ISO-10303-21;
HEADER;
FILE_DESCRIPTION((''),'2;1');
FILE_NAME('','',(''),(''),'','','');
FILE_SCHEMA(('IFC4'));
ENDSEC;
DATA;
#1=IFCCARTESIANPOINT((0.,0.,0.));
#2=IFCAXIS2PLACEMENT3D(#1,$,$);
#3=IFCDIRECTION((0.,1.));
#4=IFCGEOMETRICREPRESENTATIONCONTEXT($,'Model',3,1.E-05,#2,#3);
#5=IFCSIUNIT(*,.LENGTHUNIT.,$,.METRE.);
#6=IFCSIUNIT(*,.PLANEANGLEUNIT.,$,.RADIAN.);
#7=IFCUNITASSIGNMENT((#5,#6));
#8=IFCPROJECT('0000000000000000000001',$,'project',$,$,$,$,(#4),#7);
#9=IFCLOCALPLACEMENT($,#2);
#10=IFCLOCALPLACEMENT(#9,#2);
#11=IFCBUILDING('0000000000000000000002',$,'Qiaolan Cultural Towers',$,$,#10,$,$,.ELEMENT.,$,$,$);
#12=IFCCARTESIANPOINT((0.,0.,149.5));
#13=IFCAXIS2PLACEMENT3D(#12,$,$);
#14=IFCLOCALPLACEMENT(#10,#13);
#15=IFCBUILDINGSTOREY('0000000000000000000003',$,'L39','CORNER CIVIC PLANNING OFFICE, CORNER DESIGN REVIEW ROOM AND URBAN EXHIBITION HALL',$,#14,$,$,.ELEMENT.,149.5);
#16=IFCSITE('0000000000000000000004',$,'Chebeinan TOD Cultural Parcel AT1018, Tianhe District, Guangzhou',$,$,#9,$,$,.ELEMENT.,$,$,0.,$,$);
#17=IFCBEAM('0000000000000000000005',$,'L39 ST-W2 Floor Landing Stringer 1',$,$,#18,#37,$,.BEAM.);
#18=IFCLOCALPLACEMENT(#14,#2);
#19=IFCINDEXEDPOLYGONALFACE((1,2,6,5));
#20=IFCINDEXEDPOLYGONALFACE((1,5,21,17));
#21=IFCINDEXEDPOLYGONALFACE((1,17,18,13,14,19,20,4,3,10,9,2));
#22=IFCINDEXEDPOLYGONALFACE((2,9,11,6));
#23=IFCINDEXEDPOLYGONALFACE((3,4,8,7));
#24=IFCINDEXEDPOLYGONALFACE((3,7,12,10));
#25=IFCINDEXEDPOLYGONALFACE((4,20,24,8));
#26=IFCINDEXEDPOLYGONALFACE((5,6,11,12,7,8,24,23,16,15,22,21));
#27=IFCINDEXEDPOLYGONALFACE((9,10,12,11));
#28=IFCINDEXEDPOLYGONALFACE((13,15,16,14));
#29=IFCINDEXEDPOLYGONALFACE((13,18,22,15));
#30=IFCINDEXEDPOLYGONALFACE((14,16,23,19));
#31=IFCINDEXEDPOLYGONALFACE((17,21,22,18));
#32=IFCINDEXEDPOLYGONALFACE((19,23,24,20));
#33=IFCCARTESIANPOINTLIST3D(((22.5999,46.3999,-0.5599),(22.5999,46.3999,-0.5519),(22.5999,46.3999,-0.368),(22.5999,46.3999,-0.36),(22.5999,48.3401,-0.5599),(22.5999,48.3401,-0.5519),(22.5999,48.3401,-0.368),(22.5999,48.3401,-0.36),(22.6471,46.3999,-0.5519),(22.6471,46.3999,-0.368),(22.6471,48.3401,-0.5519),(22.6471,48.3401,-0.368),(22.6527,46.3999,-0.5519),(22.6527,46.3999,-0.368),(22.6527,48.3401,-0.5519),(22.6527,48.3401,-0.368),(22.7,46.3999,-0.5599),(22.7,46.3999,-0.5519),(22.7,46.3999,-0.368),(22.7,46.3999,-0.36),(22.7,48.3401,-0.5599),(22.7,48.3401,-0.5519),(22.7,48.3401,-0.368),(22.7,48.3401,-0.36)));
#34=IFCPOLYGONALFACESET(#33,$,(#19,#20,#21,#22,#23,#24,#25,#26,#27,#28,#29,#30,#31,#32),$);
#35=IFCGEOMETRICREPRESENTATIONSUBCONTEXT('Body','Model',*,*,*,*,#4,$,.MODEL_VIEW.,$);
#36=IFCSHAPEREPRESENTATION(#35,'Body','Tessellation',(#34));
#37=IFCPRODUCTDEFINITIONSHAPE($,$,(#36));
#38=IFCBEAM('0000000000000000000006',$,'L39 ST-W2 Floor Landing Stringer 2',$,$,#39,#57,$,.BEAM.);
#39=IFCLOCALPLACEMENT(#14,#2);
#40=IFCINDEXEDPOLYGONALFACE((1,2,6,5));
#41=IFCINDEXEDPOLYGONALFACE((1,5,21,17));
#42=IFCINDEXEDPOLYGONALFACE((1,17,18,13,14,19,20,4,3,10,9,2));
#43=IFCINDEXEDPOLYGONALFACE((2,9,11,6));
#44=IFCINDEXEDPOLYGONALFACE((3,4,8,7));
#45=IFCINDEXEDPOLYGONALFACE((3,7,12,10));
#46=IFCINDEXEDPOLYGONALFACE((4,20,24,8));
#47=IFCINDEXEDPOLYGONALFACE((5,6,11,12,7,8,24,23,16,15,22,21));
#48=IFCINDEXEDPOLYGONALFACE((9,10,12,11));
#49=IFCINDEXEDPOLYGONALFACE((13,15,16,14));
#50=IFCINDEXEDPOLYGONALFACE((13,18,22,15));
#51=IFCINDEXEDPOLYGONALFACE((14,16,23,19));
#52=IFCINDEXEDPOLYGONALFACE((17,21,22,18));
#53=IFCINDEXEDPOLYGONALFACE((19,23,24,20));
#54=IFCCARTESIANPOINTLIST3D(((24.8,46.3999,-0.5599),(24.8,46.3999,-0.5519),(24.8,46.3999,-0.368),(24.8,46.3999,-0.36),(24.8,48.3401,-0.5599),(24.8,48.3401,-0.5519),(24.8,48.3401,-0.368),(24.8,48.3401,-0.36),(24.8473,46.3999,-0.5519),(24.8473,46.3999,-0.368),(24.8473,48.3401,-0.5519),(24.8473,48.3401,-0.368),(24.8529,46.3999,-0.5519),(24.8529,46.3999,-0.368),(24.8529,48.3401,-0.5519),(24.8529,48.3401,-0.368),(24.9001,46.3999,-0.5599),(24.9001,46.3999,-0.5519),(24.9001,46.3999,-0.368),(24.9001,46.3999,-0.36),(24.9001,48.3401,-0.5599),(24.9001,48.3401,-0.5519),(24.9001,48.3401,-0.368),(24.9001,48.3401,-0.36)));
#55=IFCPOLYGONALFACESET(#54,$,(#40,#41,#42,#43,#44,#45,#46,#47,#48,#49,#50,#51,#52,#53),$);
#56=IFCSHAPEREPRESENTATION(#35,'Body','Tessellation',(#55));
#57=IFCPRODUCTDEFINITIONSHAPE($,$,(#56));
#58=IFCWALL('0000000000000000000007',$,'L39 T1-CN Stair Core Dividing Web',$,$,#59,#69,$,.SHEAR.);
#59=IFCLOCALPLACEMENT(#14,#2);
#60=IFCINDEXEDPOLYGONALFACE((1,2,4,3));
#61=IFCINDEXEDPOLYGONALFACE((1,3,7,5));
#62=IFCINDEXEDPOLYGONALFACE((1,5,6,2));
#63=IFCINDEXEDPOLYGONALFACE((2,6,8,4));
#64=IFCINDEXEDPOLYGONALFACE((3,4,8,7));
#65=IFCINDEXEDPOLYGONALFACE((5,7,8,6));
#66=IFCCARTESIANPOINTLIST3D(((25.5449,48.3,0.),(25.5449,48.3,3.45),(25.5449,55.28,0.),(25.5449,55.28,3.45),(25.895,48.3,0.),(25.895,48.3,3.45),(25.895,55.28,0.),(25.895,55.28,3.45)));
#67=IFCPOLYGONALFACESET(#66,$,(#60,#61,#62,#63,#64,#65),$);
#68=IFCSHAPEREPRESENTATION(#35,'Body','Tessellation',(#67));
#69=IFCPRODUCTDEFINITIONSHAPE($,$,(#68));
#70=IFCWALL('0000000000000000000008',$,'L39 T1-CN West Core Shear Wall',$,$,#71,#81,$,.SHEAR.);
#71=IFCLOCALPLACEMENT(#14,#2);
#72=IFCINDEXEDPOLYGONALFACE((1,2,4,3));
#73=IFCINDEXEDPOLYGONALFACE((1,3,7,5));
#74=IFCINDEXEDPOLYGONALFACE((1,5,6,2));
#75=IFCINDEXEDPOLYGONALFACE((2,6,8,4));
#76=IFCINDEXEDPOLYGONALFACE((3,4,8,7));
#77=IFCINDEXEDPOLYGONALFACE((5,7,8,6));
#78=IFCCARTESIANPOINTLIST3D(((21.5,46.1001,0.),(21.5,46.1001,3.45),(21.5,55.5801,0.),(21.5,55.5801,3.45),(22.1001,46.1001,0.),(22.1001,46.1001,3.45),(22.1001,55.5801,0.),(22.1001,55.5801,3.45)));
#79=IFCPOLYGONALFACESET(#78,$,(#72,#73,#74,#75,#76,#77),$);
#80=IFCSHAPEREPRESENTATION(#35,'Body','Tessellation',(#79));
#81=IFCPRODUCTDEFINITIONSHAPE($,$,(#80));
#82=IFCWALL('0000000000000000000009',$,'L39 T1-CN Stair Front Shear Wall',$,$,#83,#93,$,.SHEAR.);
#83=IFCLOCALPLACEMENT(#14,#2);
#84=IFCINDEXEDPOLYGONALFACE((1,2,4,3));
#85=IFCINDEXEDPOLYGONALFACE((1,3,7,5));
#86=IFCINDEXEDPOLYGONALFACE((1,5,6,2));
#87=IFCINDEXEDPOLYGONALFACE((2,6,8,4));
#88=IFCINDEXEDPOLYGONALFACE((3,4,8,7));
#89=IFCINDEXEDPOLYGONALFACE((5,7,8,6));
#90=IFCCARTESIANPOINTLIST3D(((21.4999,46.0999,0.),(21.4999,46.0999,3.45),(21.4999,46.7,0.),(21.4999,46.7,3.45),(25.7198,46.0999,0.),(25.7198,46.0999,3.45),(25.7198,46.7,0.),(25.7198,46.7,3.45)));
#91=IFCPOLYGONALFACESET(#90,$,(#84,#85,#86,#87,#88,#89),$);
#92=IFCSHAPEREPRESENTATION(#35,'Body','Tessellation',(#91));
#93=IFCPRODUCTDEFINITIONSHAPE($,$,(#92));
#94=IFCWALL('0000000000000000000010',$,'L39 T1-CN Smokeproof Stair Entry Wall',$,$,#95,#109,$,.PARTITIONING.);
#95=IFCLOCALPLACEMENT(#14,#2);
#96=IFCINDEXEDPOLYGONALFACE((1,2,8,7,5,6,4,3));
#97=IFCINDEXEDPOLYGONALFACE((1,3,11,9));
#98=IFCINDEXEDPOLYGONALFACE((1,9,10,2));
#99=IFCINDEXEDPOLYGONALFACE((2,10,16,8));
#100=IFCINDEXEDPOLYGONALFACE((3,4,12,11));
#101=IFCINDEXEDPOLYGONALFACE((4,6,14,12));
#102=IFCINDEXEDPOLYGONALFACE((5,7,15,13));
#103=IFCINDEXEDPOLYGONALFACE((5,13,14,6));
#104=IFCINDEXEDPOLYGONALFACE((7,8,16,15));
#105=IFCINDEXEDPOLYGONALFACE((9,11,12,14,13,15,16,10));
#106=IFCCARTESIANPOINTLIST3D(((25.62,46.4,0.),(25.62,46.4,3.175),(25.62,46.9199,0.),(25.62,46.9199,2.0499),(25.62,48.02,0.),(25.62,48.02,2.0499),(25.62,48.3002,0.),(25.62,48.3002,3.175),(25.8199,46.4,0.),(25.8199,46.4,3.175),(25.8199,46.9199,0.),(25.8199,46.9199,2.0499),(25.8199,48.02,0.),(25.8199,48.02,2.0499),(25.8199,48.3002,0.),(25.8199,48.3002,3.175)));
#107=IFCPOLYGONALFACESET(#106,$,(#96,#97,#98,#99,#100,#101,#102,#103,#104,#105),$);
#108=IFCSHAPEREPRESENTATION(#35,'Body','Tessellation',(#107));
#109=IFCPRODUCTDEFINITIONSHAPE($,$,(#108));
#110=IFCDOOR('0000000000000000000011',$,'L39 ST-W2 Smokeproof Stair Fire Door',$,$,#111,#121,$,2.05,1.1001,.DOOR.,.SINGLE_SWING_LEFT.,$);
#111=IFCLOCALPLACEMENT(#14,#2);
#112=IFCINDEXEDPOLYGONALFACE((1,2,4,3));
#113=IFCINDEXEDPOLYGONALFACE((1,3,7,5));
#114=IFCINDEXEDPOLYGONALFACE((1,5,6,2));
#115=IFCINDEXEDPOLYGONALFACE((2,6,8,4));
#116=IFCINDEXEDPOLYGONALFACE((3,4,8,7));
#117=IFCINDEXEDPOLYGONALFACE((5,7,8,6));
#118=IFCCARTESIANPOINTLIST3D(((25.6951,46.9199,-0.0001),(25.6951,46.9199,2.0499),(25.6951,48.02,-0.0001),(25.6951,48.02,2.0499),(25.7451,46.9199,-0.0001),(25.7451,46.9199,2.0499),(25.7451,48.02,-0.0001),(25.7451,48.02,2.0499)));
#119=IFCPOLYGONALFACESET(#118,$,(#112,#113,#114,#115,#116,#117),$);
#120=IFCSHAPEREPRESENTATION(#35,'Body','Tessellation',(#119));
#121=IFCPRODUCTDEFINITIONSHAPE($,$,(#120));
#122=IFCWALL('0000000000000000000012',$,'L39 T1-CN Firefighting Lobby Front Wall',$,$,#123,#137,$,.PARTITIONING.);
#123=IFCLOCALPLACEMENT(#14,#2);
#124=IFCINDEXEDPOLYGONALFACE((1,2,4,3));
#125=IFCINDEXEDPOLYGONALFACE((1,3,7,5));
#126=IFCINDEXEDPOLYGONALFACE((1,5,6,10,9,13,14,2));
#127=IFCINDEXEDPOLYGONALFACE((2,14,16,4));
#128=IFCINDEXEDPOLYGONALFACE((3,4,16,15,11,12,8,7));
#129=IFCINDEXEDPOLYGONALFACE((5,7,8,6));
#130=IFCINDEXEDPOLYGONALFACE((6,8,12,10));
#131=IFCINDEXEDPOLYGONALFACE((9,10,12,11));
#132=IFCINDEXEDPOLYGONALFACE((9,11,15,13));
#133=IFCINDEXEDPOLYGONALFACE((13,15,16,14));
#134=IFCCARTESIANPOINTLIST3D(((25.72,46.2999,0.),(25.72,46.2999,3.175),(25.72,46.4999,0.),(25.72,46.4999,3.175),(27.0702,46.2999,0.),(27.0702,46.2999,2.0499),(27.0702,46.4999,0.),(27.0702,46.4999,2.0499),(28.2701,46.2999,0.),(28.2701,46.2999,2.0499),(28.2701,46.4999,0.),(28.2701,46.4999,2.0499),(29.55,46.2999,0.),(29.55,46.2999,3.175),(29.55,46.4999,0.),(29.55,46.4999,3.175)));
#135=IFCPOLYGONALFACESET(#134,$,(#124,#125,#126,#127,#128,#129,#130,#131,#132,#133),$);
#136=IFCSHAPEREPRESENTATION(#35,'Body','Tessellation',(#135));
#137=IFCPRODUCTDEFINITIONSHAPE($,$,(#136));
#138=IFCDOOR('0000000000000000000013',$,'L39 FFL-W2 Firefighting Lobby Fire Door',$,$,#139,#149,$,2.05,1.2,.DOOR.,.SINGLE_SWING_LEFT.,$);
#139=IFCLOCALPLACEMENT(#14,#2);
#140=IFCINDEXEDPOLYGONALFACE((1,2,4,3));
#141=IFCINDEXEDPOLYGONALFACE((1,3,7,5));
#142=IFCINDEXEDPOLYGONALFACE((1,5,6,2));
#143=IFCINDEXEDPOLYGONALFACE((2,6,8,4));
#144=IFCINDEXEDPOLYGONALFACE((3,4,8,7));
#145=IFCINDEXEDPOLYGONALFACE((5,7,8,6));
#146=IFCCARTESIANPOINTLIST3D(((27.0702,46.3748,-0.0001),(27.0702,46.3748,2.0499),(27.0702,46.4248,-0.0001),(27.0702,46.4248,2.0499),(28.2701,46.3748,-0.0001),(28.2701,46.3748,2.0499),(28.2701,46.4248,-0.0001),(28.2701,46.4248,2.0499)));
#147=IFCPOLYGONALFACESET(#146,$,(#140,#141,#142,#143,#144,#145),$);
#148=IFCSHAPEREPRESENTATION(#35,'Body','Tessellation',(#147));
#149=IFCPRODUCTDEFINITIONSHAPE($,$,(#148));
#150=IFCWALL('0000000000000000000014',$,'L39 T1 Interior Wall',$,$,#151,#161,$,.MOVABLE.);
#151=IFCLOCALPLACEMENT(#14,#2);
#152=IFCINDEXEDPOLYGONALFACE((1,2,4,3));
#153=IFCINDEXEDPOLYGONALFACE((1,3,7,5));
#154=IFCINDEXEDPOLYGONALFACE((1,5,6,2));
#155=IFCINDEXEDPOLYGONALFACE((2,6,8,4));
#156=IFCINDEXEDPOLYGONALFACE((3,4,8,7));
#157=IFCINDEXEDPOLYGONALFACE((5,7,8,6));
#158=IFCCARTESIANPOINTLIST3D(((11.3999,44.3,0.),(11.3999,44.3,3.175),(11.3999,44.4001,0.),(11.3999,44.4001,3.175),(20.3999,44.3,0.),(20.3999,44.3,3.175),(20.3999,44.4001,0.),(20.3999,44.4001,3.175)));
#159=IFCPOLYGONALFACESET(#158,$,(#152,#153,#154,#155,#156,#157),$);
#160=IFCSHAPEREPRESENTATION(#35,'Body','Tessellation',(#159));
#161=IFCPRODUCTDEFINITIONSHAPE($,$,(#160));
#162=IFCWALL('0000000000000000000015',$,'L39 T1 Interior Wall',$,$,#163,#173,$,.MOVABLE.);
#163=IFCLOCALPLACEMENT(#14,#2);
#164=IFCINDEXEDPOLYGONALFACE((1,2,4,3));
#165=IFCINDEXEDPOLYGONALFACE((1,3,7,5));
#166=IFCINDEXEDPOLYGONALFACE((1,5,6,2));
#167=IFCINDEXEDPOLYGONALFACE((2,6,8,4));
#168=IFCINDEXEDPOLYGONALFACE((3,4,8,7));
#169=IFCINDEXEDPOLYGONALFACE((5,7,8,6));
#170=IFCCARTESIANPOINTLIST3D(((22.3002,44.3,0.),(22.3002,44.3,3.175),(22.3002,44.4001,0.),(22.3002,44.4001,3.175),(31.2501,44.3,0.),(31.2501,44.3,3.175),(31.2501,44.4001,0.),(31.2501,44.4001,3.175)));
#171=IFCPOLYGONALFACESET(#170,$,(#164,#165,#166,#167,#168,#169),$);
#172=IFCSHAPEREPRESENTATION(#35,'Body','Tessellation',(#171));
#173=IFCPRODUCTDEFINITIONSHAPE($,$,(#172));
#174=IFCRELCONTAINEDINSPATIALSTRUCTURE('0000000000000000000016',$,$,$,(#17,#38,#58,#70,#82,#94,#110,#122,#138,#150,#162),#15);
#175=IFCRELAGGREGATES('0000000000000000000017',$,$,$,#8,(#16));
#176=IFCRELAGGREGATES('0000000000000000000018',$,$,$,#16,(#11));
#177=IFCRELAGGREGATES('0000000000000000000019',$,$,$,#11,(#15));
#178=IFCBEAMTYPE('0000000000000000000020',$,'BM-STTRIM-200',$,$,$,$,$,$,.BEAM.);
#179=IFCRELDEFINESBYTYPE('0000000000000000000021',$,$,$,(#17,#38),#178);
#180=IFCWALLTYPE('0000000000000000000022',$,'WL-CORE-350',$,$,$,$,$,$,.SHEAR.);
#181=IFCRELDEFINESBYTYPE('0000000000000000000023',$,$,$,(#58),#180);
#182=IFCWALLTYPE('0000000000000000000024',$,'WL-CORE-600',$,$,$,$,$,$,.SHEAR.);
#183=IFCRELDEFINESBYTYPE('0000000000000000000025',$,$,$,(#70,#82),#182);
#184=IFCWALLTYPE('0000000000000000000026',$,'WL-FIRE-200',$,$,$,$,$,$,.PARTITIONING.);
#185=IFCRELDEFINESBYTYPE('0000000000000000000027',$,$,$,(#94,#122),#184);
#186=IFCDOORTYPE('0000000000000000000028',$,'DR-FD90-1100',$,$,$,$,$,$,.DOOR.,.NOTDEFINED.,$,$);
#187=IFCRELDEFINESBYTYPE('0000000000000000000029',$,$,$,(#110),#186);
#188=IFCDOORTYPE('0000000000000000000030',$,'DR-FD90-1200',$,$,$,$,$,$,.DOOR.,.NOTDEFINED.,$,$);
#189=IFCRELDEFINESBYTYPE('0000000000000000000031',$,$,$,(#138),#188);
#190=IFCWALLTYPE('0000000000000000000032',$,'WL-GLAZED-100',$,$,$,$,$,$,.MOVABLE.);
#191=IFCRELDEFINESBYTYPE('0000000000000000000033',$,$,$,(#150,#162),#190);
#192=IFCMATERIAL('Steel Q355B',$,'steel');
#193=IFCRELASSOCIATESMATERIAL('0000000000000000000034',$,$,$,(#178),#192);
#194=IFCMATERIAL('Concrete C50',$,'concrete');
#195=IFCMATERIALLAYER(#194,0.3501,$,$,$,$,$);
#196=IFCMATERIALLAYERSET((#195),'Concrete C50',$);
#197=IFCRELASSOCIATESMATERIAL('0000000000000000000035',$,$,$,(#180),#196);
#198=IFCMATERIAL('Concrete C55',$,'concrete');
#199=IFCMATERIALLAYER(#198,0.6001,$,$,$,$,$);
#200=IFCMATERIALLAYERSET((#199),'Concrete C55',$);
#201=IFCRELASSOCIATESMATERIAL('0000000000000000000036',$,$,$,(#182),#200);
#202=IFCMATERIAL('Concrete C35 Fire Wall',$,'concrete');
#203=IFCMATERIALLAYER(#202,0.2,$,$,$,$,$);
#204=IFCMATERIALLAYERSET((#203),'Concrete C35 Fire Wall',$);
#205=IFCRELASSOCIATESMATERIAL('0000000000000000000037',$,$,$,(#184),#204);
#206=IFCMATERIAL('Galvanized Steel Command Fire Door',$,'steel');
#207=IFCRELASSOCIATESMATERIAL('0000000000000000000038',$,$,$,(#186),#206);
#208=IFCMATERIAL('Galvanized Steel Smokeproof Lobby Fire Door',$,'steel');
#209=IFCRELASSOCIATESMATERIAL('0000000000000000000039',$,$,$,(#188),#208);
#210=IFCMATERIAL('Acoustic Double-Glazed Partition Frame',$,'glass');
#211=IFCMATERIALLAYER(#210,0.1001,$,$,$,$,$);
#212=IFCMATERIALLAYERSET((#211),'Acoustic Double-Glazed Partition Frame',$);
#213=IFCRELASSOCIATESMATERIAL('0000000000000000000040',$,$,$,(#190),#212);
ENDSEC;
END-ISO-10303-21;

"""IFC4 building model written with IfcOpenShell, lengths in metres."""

from ifc_helpers import new_model, si_unit, direction, frame, frame_2d, origin, origin_2d, place, context, subcontext, project, spatial, rectangle, i_section, extrude, material, layer, layer_set, material_profile, profile_set, type_object, element, fill, save


model = new_model("IFC4")

# Units and contexts
model_context = context("Model", 3, precision=1e-05, world=origin(), true_north=direction((0.0, 1.0)))
body_context = subcontext(model_context, "Body", "Model", "MODEL_VIEW")
ifc_project = project(units=[si_unit("LENGTHUNIT", "METRE"), si_unit("PLANEANGLEUNIT", "RADIAN")], contexts=[model_context])

# Site, building, storey
site_placement = place(None, origin())
site = spatial("IfcSite", under=ifc_project, at=site_placement, Name="Chebeinan TOD Cultural Parcel AT1018, Tianhe District, Guangzhou", CompositionType="ELEMENT", RefElevation=0.0)
building_placement = place(site_placement, origin())
building = spatial("IfcBuilding", under=site, at=building_placement, Name="Qiaolan Cultural Towers", CompositionType="ELEMENT")
storey_placement = place(building_placement, frame((0.0, 0.0, 149.5)))
storey = spatial("IfcBuildingStorey", under=building, at=storey_placement, Name="L39", Description="CORNER CIVIC PLANNING OFFICE, CORNER DESIGN REVIEW ROOM AND URBAN EXHIBITION HALL", CompositionType="ELEMENT", Elevation=149.5)

# Beams
ifc_material_1 = material(Name="Steel Q355B", Category="steel")
ifc_material_profile_1 = material_profile(ifc_material_1, i_section(OverallWidth=0.1001, OverallDepth=0.2, WebThickness=0.0056, FlangeThickness=0.0081, at=origin_2d()), Name="HN200x100x5.5x8")
ifc_profile_set_1 = profile_set([ifc_material_profile_1], Name="Steel Q355B")
beam_type_1 = type_object("IfcBeamType", Name="BM-STTRIM-200", PredefinedType="BEAM", material=ifc_profile_set_1)
for number, where, z_axis, x_axis, name in (
    (1, (22.6499, 46.3999, -0.46), (0.0, 1.0, 0.0), (-1.0, 0.0, 0.0), "L39 ST-W2 Floor Landing Stringer 1"),
    (2, (24.8501, 46.3999, -0.46), (0.0, 1.0, 0.0), (-1.0, 0.0, 0.0), "L39 ST-W2 Floor Landing Stringer 2"),
):
    element("IfcBeam", number, at=place(storey_placement, frame(where, z_axis=z_axis, x_axis=x_axis)), inside=storey, type_object=beam_type_1, Name=name, PredefinedType="BEAM", context=body_context, shape_type="SweptSolid", body=[
        extrude(i_section(OverallWidth=0.1001, OverallDepth=0.2, WebThickness=0.0056, FlangeThickness=0.0081, at=origin_2d()), origin(), (0.0, 0.0, 1.0), 1.9402),
    ])

# Walls
ifc_material_2 = material(Name="Concrete C50", Category="concrete")
ifc_layer_1 = layer(ifc_material_2, 0.3501)
ifc_layer_set_1 = layer_set([ifc_layer_1], Name="Concrete C50")
wall_type_1 = type_object("IfcWallType", Name="WL-CORE-350", PredefinedType="SHEAR", material=ifc_layer_set_1)
wall_1_placement = place(storey_placement, frame((25.72, 48.3, 0.0), z_axis=(0.0, 0.0, 1.0), x_axis=(0.0, 1.0, 0.0)))
element("IfcWall", 3, at=wall_1_placement, inside=storey, type_object=wall_type_1, Name="L39 T1-CN Stair Core Dividing Web", PredefinedType="SHEAR", context=body_context, shape_type="SweptSolid", body=[
    extrude(rectangle(XDim=6.98, YDim=0.3501, at=frame_2d((3.49, 0.0))), origin(), (0.0, 0.0, 1.0), 3.45),
])
ifc_material_3 = material(Name="Concrete C55", Category="concrete")
ifc_layer_2 = layer(ifc_material_3, 0.6001)
ifc_layer_set_2 = layer_set([ifc_layer_2], Name="Concrete C55")
wall_type_2 = type_object("IfcWallType", Name="WL-CORE-600", PredefinedType="SHEAR", material=ifc_layer_set_2)
wall_2_placement = place(storey_placement, frame((21.8, 46.1001, 0.0), z_axis=(0.0, 0.0, 1.0), x_axis=(0.0, 1.0, 0.0)))
element("IfcWall", 4, at=wall_2_placement, inside=storey, type_object=wall_type_2, Name="L39 T1-CN West Core Shear Wall", PredefinedType="SHEAR", context=body_context, shape_type="SweptSolid", body=[
    extrude(rectangle(XDim=9.48, YDim=0.6001, at=frame_2d((4.74, 0.0))), origin(), (0.0, 0.0, 1.0), 3.45),
])
wall_3_placement = place(storey_placement, frame((21.5, 46.3999, 0.0), z_axis=(0.0, 0.0, 1.0), x_axis=(1.0, 0.0, 0.0)))
element("IfcWall", 5, at=wall_3_placement, inside=storey, type_object=wall_type_2, Name="L39 T1-CN Stair Front Shear Wall", PredefinedType="SHEAR", context=body_context, shape_type="SweptSolid", body=[
    extrude(rectangle(XDim=4.22, YDim=0.6001, at=frame_2d((2.1099, 0.0))), origin(), (0.0, 0.0, 1.0), 3.45),
])

# Walls, openings, doors
ifc_material_4 = material(Name="Concrete C35 Fire Wall", Category="concrete")
ifc_layer_3 = layer(ifc_material_4, 0.2)
ifc_layer_set_3 = layer_set([ifc_layer_3], Name="Concrete C35 Fire Wall")
wall_type_3 = type_object("IfcWallType", Name="WL-FIRE-200", PredefinedType="PARTITIONING", material=ifc_layer_set_3)
wall_4_placement = place(storey_placement, frame((25.72, 46.3999, 0.0), z_axis=(0.0, 0.0, 1.0), x_axis=(0.0, 1.0, 0.0)))
wall_4 = element("IfcWall", 6, at=wall_4_placement, inside=storey, type_object=wall_type_3, Name="L39 T1-CN Smokeproof Stair Entry Wall", PredefinedType="PARTITIONING", context=body_context, shape_type="SweptSolid", body=[
    extrude(rectangle(XDim=1.9001, YDim=0.2, at=frame_2d((0.9502, 0.0))), origin(), (0.0, 0.0, 1.0), 3.175),
])
opening_1_placement = place(wall_4_placement, frame((0.52, 0.0, 0.0)))
opening_1 = element("IfcOpeningElement", 7, at=opening_1_placement, cuts=wall_4, PredefinedType="OPENING", context=body_context, shape_type="SweptSolid", body=[
    extrude(rectangle(XDim=1.1001, YDim=2.05, at=frame_2d((0.55, 1.0249))), frame((0.0, 0.1099, 0.0), z_axis=(0.0, -1.0, 0.0), x_axis=(1.0, 0.0, 0.0)), (0.0, 0.0, 1.0), 0.22),
])
ifc_material_5 = material(Name="Galvanized Steel Command Fire Door", Category="steel")
door_type_1 = type_object("IfcDoorType", Name="DR-FD90-1100", OperationType="NOTDEFINED", PredefinedType="DOOR", material=ifc_material_5)
door_1_placement = place(opening_1_placement, origin())
door_1 = element("IfcDoor", 8, at=door_1_placement, inside=storey, type_object=door_type_1, Name="L39 ST-W2 Smokeproof Stair Fire Door", OperationType="SINGLE_SWING_LEFT", OverallHeight=2.05, OverallWidth=1.1001, PredefinedType="DOOR", context=body_context, shape_type="SweptSolid", body=[
    extrude(rectangle(XDim=1.1001, YDim=2.05, at=frame_2d((0.55, 1.0249))), frame((0.0, 0.0249, 0.0), z_axis=(0.0, -1.0, 0.0), x_axis=(1.0, 0.0, 0.0)), (0.0, 0.0, 1.0), 0.05),
])
fill(opening_1, door_1)
wall_5_placement = place(storey_placement, frame((25.72, 46.3999, 0.0), z_axis=(0.0, 0.0, 1.0), x_axis=(1.0, 0.0, 0.0)))
wall_5 = element("IfcWall", 9, at=wall_5_placement, inside=storey, type_object=wall_type_3, Name="L39 T1-CN Firefighting Lobby Front Wall", PredefinedType="PARTITIONING", context=body_context, shape_type="SweptSolid", body=[
    extrude(rectangle(XDim=3.8301, YDim=0.2, at=frame_2d((1.915, 0.0))), origin(), (0.0, 0.0, 1.0), 3.175),
])
opening_2_placement = place(wall_5_placement, frame((1.3501, 0.0, 0.0)))
opening_2 = element("IfcOpeningElement", 10, at=opening_2_placement, cuts=wall_5, PredefinedType="OPENING", context=body_context, shape_type="SweptSolid", body=[
    extrude(rectangle(XDim=1.2, YDim=2.05, at=frame_2d((0.6001, 1.0249))), frame((0.0, 0.1099, 0.0), z_axis=(0.0, -1.0, 0.0), x_axis=(1.0, 0.0, 0.0)), (0.0, 0.0, 1.0), 0.22),
])
ifc_material_6 = material(Name="Galvanized Steel Smokeproof Lobby Fire Door", Category="steel")
door_type_2 = type_object("IfcDoorType", Name="DR-FD90-1200", OperationType="NOTDEFINED", PredefinedType="DOOR", material=ifc_material_6)
door_2_placement = place(opening_2_placement, origin())
door_2 = element("IfcDoor", 11, at=door_2_placement, inside=storey, type_object=door_type_2, Name="L39 FFL-W2 Firefighting Lobby Fire Door", OperationType="SINGLE_SWING_LEFT", OverallHeight=2.05, OverallWidth=1.2, PredefinedType="DOOR", context=body_context, shape_type="SweptSolid", body=[
    extrude(rectangle(XDim=1.2, YDim=2.05, at=frame_2d((0.6001, 1.0249))), frame((0.0, 0.0249, 0.0), z_axis=(0.0, -1.0, 0.0), x_axis=(1.0, 0.0, 0.0)), (0.0, 0.0, 1.0), 0.05),
])
fill(opening_2, door_2)

# Walls
ifc_material_7 = material(Name="Acoustic Double-Glazed Partition Frame", Category="glass")
ifc_layer_4 = layer(ifc_material_7, 0.1001)
ifc_layer_set_4 = layer_set([ifc_layer_4], Name="Acoustic Double-Glazed Partition Frame")
wall_type_4 = type_object("IfcWallType", Name="WL-GLAZED-100", PredefinedType="MOVABLE", material=ifc_layer_set_4)
wall_6_placement = place(storey_placement, frame((11.3999, 44.3501, 0.0), z_axis=(0.0, 0.0, 1.0), x_axis=(1.0, 0.0, 0.0)))
element("IfcWall", 12, at=wall_6_placement, inside=storey, type_object=wall_type_4, Name="L39 T1 Interior Wall", PredefinedType="MOVABLE", context=body_context, shape_type="SweptSolid", body=[
    extrude(rectangle(XDim=9.0, YDim=0.1001, at=frame_2d((4.5, 0.0))), origin(), (0.0, 0.0, 1.0), 3.175),
])
for number, where, z_axis, x_axis, name in (
    (13, (22.3, 44.3501, 0.0), (0.0, 0.0, 1.0), (1.0, 0.0, 0.0), "L39 T1 Interior Wall"),
):
    element("IfcWall", number, at=place(storey_placement, frame(where, z_axis=z_axis, x_axis=x_axis)), inside=storey, type_object=wall_type_4, Name=name, PredefinedType="MOVABLE", context=body_context, shape_type="SweptSolid", body=[
        extrude(rectangle(XDim=8.95, YDim=0.1001, at=frame_2d((4.4751, 0.0))), origin(), (0.0, 0.0, 1.0), 3.175),
    ])

save(model, "model.ifc")
